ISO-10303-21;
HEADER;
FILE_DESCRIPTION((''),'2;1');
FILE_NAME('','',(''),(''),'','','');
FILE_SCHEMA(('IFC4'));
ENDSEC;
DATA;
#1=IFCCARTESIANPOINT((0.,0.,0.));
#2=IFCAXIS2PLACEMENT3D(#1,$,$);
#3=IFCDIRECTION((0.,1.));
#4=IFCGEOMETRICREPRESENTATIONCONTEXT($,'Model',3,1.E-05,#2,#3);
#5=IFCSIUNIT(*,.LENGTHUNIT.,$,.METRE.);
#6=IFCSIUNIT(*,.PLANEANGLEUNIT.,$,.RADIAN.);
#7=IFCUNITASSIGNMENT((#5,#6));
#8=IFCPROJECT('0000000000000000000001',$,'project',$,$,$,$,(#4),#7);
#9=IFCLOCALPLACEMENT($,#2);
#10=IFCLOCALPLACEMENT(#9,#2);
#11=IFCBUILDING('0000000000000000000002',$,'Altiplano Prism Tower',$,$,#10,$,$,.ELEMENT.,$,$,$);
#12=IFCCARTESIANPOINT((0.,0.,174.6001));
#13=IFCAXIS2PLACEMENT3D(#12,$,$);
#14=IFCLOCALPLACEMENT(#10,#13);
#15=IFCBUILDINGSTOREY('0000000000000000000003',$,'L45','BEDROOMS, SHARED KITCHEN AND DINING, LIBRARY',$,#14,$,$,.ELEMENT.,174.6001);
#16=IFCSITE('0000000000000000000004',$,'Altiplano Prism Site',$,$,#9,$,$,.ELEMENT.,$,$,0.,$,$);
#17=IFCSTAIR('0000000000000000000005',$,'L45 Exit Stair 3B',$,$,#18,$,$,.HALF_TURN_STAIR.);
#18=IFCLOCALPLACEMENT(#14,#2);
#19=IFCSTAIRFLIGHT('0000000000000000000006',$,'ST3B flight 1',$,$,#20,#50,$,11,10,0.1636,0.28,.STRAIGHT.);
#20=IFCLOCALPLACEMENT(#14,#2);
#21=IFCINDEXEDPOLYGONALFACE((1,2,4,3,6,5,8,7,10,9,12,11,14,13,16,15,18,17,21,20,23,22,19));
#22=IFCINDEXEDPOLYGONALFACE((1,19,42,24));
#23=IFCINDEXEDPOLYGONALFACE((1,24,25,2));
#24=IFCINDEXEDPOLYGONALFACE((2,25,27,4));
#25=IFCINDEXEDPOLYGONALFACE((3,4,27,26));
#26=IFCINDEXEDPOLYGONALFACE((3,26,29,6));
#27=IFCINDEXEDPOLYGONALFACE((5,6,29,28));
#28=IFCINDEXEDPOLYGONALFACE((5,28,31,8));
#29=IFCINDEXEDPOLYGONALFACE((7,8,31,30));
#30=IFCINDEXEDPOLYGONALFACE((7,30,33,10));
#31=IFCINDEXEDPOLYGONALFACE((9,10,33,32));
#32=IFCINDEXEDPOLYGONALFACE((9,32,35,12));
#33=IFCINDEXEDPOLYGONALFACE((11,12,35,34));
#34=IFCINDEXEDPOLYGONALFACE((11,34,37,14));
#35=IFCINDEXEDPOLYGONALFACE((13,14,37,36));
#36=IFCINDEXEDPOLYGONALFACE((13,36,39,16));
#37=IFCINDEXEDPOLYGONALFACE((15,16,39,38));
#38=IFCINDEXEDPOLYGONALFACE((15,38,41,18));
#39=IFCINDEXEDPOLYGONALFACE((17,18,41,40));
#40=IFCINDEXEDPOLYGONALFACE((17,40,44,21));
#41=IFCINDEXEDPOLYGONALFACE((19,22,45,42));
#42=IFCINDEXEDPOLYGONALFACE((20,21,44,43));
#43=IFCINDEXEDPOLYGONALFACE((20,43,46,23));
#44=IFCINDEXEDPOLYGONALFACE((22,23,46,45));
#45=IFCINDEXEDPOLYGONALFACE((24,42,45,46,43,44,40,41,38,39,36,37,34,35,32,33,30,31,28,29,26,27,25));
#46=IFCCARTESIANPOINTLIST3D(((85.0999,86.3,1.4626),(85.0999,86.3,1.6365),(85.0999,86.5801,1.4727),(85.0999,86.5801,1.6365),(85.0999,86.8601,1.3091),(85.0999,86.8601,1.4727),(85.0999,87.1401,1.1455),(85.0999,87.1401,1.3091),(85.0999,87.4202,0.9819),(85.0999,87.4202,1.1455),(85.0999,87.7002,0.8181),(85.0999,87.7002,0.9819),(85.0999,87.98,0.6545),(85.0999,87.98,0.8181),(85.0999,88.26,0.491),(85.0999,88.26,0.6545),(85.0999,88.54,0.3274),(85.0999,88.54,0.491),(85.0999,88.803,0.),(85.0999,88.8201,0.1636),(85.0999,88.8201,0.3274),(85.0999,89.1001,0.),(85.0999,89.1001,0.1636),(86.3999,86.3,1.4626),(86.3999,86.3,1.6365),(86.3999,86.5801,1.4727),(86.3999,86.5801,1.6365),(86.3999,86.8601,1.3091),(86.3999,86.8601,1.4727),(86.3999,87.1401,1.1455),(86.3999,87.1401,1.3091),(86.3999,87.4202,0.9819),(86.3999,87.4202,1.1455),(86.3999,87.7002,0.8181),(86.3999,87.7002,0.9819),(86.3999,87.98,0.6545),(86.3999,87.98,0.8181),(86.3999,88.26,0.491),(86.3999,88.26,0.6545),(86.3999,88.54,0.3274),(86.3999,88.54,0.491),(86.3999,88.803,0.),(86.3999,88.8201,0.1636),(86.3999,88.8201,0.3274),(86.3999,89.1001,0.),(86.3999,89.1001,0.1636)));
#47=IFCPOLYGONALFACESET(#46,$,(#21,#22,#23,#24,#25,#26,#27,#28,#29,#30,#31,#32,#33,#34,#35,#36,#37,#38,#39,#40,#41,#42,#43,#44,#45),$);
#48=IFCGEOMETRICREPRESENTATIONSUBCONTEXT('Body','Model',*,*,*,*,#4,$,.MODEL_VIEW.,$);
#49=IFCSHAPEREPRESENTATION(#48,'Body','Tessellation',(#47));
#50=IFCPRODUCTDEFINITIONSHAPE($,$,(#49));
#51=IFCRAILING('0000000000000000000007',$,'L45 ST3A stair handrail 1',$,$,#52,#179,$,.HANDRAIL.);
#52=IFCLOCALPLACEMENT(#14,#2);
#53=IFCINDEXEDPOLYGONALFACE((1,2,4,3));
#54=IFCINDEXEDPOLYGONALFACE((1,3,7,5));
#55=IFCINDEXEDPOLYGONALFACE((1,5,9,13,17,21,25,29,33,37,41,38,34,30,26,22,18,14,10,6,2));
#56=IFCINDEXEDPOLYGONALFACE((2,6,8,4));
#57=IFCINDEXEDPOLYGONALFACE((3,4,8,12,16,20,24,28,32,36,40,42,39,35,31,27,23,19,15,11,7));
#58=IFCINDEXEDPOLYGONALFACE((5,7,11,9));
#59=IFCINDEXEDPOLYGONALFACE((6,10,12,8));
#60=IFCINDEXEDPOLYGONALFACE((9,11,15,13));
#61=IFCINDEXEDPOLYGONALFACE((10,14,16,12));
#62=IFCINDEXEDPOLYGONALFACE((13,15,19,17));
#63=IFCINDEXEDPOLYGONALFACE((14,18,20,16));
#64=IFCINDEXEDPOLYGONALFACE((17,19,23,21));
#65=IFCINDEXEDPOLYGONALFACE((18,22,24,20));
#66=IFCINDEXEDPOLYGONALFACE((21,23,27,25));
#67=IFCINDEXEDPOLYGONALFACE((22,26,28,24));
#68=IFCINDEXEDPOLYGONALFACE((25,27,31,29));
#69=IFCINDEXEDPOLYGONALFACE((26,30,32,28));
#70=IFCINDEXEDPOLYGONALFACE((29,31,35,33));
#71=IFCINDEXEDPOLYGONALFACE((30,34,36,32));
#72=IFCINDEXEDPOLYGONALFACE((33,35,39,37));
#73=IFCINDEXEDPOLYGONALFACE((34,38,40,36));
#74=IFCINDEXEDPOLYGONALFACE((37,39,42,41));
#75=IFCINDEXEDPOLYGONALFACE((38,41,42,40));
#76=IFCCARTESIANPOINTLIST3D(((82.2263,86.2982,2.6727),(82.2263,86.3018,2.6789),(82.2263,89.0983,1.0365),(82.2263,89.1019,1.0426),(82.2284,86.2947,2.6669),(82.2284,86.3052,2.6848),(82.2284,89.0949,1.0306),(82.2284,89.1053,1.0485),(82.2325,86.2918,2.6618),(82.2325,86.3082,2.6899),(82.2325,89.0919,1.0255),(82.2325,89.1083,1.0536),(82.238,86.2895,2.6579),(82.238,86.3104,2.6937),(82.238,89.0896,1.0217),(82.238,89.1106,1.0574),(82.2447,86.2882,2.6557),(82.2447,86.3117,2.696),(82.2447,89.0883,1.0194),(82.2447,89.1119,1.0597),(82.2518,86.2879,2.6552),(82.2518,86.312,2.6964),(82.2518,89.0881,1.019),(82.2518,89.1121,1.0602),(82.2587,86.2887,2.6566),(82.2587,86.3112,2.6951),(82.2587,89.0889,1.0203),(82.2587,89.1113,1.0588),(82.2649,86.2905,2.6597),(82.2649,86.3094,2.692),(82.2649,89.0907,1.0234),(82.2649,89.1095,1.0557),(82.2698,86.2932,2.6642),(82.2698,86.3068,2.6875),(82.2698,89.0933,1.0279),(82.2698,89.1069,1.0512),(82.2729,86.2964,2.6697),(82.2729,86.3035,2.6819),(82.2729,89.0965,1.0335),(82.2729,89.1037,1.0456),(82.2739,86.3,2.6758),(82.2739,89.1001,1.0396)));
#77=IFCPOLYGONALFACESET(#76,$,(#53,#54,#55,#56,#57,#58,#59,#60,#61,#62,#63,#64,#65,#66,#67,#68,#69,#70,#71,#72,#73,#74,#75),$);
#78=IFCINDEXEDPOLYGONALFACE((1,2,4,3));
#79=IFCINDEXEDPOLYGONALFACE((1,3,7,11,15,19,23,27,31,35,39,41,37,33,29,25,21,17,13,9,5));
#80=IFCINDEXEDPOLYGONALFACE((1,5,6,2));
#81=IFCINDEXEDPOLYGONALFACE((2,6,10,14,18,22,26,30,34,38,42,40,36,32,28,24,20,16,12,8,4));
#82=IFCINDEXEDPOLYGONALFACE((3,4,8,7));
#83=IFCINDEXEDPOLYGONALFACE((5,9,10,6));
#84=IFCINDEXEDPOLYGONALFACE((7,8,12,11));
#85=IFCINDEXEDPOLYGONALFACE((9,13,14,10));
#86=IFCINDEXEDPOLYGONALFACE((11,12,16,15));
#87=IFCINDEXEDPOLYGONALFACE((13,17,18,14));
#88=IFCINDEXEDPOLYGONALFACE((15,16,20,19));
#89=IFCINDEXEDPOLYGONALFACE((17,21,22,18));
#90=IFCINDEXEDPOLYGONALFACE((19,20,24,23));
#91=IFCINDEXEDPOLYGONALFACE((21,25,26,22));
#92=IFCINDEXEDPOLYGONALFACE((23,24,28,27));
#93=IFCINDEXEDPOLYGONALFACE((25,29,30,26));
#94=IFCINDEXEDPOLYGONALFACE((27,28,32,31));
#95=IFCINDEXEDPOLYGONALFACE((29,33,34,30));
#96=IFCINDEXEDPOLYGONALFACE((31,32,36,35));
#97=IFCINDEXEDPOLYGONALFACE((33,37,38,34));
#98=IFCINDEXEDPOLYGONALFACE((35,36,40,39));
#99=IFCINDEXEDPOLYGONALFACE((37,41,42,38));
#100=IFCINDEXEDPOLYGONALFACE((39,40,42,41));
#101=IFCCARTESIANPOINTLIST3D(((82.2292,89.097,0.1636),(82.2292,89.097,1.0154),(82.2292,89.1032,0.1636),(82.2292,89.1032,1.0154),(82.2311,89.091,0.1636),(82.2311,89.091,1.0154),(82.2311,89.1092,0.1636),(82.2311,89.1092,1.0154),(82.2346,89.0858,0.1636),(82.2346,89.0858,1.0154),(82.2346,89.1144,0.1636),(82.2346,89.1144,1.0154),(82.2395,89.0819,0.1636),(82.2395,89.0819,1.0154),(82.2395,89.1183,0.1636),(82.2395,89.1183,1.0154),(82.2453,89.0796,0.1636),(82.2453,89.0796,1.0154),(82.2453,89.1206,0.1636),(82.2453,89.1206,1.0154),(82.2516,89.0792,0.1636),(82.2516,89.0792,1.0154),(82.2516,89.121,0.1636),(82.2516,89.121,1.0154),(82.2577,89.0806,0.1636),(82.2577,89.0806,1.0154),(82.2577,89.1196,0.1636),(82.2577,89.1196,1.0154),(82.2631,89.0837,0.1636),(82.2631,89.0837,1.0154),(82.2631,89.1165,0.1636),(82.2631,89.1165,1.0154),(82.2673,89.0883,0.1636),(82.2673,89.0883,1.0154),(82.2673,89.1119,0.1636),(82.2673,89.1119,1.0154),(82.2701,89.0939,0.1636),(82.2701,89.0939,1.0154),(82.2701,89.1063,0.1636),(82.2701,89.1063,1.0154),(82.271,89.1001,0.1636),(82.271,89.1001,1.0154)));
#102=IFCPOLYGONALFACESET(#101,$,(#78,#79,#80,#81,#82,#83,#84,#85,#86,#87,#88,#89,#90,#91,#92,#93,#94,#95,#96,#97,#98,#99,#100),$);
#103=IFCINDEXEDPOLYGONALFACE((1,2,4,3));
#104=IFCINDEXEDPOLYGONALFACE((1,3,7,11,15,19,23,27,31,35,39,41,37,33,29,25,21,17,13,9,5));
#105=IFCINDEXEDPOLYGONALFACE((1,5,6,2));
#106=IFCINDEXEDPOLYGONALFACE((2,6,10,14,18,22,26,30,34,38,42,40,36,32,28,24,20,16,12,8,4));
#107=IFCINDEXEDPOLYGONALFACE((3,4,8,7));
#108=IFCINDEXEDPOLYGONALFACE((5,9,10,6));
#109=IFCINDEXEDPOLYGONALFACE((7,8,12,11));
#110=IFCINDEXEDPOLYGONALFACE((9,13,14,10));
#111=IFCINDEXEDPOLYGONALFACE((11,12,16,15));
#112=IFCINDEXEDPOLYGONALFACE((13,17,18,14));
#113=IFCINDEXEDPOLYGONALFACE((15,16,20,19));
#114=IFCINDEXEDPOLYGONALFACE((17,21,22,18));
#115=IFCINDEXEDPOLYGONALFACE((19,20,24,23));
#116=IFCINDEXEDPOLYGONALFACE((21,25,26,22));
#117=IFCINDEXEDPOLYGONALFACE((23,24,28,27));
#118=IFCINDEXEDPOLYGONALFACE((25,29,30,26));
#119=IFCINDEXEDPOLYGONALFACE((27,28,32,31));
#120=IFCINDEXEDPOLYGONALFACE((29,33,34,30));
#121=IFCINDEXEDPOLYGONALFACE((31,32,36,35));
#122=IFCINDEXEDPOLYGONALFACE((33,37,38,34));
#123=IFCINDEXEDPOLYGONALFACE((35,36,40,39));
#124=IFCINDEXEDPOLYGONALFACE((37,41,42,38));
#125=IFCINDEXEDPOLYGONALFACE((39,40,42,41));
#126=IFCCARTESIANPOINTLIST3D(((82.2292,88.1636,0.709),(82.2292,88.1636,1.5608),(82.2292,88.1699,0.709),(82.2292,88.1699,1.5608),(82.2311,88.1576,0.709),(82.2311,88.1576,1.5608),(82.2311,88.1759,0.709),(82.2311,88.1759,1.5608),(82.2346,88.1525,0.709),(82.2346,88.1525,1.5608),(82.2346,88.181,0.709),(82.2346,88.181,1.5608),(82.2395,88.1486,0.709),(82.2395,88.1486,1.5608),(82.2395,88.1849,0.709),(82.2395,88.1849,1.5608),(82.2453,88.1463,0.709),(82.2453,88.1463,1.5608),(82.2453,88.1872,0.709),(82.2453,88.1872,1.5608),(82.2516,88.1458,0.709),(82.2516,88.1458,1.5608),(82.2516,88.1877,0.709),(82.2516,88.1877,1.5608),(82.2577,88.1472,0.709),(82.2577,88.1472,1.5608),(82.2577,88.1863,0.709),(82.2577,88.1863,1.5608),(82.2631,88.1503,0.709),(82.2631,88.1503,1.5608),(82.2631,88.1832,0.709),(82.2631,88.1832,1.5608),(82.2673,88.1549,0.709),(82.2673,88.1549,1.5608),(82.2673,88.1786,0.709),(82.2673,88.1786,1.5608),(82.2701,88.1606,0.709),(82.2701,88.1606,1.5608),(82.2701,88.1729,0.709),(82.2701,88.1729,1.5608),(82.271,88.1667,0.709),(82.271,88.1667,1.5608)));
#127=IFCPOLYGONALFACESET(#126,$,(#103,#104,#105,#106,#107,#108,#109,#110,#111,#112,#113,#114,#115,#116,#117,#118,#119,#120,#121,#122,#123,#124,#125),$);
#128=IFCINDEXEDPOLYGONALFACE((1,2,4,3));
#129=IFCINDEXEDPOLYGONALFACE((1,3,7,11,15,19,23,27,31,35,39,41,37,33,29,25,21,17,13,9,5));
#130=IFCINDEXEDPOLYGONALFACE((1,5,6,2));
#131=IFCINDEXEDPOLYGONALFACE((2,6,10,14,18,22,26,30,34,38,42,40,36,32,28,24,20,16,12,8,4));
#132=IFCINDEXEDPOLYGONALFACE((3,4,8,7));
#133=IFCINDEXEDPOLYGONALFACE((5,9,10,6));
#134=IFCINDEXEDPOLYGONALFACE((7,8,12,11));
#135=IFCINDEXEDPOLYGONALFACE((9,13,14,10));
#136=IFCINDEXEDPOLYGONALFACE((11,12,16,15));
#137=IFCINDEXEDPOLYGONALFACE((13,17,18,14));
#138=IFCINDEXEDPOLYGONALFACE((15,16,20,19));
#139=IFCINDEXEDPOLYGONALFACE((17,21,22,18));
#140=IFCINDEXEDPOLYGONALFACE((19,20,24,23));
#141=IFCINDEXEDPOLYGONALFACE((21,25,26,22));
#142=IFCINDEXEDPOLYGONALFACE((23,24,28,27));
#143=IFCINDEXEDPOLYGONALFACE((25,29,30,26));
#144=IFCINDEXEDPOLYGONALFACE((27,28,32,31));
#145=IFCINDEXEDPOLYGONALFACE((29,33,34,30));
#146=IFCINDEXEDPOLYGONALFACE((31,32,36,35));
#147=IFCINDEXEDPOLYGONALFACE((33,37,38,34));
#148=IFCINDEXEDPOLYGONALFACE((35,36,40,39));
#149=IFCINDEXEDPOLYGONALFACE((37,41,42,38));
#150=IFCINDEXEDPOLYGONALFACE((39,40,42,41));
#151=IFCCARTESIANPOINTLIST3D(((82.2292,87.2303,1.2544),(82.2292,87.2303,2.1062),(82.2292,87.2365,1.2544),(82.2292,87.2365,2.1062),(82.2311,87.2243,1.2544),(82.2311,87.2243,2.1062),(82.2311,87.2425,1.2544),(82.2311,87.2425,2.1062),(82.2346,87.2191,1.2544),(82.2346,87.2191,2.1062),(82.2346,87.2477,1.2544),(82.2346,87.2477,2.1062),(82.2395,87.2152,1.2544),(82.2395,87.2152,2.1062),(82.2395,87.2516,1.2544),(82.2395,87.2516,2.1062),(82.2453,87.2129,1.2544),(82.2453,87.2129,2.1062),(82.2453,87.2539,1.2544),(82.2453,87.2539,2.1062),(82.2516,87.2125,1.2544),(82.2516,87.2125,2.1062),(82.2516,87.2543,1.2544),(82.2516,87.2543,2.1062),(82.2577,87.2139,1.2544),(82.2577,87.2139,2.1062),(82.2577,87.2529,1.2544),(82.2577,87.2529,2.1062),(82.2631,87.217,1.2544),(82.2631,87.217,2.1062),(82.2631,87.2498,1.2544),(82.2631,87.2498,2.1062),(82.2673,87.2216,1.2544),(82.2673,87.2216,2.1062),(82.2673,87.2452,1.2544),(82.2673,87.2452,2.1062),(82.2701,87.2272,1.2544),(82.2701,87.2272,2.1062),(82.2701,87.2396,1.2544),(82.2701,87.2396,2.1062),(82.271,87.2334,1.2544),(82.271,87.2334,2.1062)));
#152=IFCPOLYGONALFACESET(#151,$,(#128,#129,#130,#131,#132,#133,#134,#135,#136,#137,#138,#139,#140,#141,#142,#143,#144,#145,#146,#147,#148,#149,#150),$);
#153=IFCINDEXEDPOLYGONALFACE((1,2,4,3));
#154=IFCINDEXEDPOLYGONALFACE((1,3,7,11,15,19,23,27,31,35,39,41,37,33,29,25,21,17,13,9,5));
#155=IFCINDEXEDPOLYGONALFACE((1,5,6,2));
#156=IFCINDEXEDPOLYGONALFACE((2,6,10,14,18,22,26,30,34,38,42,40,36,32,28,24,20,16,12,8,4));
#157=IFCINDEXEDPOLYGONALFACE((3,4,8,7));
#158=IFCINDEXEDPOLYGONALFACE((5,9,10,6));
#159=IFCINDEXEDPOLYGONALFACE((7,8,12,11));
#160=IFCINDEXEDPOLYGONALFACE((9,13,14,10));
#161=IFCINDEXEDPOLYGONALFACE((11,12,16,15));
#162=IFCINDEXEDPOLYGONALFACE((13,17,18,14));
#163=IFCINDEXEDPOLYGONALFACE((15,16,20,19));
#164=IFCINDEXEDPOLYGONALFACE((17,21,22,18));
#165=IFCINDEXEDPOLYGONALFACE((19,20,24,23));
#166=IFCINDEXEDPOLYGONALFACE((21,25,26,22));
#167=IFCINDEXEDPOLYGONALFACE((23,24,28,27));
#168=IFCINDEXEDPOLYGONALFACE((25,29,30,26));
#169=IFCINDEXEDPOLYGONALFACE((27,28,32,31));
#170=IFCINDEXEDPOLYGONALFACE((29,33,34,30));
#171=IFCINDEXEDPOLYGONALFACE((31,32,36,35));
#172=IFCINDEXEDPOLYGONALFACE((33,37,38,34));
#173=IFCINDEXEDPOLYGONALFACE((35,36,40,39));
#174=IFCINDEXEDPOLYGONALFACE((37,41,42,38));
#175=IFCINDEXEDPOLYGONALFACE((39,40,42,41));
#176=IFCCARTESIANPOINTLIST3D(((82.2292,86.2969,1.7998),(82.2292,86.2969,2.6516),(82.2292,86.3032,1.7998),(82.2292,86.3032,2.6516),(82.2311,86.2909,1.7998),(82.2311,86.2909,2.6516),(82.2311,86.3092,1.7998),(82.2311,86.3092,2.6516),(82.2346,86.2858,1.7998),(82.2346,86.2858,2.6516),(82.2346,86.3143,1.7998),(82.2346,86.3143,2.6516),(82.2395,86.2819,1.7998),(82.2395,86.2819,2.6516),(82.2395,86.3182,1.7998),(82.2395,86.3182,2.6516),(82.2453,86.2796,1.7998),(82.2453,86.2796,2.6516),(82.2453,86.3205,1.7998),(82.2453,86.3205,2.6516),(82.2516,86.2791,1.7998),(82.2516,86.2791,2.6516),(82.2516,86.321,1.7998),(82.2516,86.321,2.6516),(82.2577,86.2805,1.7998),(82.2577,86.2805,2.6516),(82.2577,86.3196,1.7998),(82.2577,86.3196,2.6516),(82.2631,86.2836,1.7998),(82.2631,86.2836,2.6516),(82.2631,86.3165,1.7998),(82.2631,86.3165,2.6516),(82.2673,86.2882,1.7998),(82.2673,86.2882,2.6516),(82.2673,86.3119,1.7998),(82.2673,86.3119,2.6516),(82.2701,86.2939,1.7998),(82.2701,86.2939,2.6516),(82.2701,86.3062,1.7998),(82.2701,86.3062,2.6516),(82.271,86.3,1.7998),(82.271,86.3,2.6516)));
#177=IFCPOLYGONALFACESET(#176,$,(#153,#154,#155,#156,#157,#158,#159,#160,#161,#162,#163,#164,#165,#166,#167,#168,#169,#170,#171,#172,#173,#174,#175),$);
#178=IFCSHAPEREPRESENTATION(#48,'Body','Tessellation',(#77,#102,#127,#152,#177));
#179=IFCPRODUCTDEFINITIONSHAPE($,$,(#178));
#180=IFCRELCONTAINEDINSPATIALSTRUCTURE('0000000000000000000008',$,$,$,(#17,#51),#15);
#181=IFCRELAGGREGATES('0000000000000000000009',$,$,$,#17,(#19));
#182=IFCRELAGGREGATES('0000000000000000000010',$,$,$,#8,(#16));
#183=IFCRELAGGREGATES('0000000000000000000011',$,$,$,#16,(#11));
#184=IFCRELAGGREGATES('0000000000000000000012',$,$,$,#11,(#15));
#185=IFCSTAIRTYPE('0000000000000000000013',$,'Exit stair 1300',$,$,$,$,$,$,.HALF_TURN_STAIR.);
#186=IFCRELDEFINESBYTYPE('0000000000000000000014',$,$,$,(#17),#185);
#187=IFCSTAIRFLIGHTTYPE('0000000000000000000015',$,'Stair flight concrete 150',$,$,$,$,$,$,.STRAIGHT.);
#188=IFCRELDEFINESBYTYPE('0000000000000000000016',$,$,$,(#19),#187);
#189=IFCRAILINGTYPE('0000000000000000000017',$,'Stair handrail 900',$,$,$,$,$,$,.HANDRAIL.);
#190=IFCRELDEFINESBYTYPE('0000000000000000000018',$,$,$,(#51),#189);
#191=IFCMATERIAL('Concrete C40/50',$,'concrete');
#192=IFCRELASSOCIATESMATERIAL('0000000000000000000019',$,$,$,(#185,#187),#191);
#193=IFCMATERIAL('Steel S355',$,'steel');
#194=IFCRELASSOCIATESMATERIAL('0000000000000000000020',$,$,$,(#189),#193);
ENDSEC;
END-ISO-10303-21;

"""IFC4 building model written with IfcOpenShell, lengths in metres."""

from ifc_helpers import new_model, si_unit, direction, frame, origin, origin_2d, place, context, subcontext, project, spatial, polyline, circle, outline, extrude, material, type_object, element, aggregate, save


model = new_model("IFC4")

# Units and contexts
model_context = context("Model", 3, precision=1e-05, world=origin(), true_north=direction((0.0, 1.0)))
body_context = subcontext(model_context, "Body", "Model", "MODEL_VIEW")
ifc_project = project(units=[si_unit("LENGTHUNIT", "METRE"), si_unit("PLANEANGLEUNIT", "RADIAN")], contexts=[model_context])

# Site, building, storey
site_placement = place(None, origin())
site = spatial("IfcSite", under=ifc_project, at=site_placement, Name="Altiplano Prism Site", CompositionType="ELEMENT", RefElevation=0.0)
building_placement = place(site_placement, origin())
building = spatial("IfcBuilding", under=site, at=building_placement, Name="Altiplano Prism Tower", CompositionType="ELEMENT")
storey_placement = place(building_placement, frame((0.0, 0.0, 174.6001)))
storey = spatial("IfcBuildingStorey", under=building, at=storey_placement, Name="L45", Description="BEDROOMS, SHARED KITCHEN AND DINING, LIBRARY", CompositionType="ELEMENT", Elevation=174.6001)

# Stair, stair flight
ifc_material_1 = material(Name="Concrete C40/50", Category="concrete")
stair_type = type_object("IfcStairType", Name="Exit stair 1300", PredefinedType="HALF_TURN_STAIR", material=ifc_material_1)
stair_flight_type = type_object("IfcStairFlightType", Name="Stair flight concrete 150", PredefinedType="STRAIGHT", material=ifc_material_1)
stair_1_placement = place(storey_placement, origin())
stair_1 = element("IfcStair", 1, at=stair_1_placement, inside=storey, type_object=stair_type, Name="L45 Exit Stair 3B", PredefinedType="HALF_TURN_STAIR")
stair_flight_1_placement = place(storey_placement, frame((85.75, 89.1001, 0.0), z_axis=(0.0, 0.0, 1.0), x_axis=(0.0, -1.0, 0.0)))
stair_flight_1 = element("IfcStairFlight", 2, at=stair_flight_1_placement, type_object=stair_flight_type, Name="ST3B flight 1", NumberOfRisers=11, NumberOfTreads=10, PredefinedType="STRAIGHT", RiserHeight=0.1636, TreadLength=0.28, context=body_context, shape_type="SweptSolid", body=[
    extrude(outline(polyline([(0.0, 0.0), (0.0, 0.1636), (0.28, 0.1636), (0.28, 0.3274), (0.5601, 0.3274), (0.5601, 0.491), (0.8401, 0.491), (0.8401, 0.6545), (1.1201, 0.6545), (1.1201, 0.8181), (1.3999, 0.8181), (1.3999, 0.9819), (1.6799, 0.9819), (1.6799, 1.1455), (1.96, 1.1455), (1.96, 1.3091), (2.24, 1.3091), (2.24, 1.4727), (2.52, 1.4727), (2.52, 1.6365), (2.8, 1.6365), (2.8, 1.8), (2.8, 1.4626), (0.2971, 0.0), (0.0, 0.0)])), frame((0.0, 0.6499, 0.0), z_axis=(0.0, -1.0, 0.0), x_axis=(1.0, 0.0, 0.0)), (0.0, 0.0, 1.0), 1.3),
])
aggregate(stair_1, [stair_flight_1])

# Railing
ifc_material_2 = material(Name="Steel S355", Category="steel")
railing_type_1 = type_object("IfcRailingType", Name="Stair handrail 900", PredefinedType="HANDRAIL", material=ifc_material_2)
for number, where, name in (
    (3, (82.25, 89.1001, 0.1636), "L45 ST3A stair handrail 1"),
):
    element("IfcRailing", number, at=place(storey_placement, frame(where)), inside=storey, type_object=railing_type_1, Name=name, PredefinedType="HANDRAIL", context=body_context, shape_type="SweptSolid", body=[
        extrude(circle(Radius=0.0239, at=origin_2d()), frame((0.0, 0.0, 0.876), z_axis=(0.0, -0.863394, 0.504531), x_axis=(1.0, 0.0, 0.0)), (0.0, 0.0, 1.0), 3.2432),
        extrude(circle(Radius=0.021, at=origin_2d()), origin(), (0.0, 0.0, 1.0), 0.8518),
        extrude(circle(Radius=0.021, at=origin_2d()), frame((0.0, -0.9333, 0.5454)), (0.0, 0.0, 1.0), 0.8518),
        extrude(circle(Radius=0.021, at=origin_2d()), frame((0.0, -1.8667, 1.0908)), (0.0, 0.0, 1.0), 0.8518),
        extrude(circle(Radius=0.021, at=origin_2d()), frame((0.0, -2.8, 1.6362)), (0.0, 0.0, 1.0), 0.8518),
    ])

save(model, "model.ifc")
